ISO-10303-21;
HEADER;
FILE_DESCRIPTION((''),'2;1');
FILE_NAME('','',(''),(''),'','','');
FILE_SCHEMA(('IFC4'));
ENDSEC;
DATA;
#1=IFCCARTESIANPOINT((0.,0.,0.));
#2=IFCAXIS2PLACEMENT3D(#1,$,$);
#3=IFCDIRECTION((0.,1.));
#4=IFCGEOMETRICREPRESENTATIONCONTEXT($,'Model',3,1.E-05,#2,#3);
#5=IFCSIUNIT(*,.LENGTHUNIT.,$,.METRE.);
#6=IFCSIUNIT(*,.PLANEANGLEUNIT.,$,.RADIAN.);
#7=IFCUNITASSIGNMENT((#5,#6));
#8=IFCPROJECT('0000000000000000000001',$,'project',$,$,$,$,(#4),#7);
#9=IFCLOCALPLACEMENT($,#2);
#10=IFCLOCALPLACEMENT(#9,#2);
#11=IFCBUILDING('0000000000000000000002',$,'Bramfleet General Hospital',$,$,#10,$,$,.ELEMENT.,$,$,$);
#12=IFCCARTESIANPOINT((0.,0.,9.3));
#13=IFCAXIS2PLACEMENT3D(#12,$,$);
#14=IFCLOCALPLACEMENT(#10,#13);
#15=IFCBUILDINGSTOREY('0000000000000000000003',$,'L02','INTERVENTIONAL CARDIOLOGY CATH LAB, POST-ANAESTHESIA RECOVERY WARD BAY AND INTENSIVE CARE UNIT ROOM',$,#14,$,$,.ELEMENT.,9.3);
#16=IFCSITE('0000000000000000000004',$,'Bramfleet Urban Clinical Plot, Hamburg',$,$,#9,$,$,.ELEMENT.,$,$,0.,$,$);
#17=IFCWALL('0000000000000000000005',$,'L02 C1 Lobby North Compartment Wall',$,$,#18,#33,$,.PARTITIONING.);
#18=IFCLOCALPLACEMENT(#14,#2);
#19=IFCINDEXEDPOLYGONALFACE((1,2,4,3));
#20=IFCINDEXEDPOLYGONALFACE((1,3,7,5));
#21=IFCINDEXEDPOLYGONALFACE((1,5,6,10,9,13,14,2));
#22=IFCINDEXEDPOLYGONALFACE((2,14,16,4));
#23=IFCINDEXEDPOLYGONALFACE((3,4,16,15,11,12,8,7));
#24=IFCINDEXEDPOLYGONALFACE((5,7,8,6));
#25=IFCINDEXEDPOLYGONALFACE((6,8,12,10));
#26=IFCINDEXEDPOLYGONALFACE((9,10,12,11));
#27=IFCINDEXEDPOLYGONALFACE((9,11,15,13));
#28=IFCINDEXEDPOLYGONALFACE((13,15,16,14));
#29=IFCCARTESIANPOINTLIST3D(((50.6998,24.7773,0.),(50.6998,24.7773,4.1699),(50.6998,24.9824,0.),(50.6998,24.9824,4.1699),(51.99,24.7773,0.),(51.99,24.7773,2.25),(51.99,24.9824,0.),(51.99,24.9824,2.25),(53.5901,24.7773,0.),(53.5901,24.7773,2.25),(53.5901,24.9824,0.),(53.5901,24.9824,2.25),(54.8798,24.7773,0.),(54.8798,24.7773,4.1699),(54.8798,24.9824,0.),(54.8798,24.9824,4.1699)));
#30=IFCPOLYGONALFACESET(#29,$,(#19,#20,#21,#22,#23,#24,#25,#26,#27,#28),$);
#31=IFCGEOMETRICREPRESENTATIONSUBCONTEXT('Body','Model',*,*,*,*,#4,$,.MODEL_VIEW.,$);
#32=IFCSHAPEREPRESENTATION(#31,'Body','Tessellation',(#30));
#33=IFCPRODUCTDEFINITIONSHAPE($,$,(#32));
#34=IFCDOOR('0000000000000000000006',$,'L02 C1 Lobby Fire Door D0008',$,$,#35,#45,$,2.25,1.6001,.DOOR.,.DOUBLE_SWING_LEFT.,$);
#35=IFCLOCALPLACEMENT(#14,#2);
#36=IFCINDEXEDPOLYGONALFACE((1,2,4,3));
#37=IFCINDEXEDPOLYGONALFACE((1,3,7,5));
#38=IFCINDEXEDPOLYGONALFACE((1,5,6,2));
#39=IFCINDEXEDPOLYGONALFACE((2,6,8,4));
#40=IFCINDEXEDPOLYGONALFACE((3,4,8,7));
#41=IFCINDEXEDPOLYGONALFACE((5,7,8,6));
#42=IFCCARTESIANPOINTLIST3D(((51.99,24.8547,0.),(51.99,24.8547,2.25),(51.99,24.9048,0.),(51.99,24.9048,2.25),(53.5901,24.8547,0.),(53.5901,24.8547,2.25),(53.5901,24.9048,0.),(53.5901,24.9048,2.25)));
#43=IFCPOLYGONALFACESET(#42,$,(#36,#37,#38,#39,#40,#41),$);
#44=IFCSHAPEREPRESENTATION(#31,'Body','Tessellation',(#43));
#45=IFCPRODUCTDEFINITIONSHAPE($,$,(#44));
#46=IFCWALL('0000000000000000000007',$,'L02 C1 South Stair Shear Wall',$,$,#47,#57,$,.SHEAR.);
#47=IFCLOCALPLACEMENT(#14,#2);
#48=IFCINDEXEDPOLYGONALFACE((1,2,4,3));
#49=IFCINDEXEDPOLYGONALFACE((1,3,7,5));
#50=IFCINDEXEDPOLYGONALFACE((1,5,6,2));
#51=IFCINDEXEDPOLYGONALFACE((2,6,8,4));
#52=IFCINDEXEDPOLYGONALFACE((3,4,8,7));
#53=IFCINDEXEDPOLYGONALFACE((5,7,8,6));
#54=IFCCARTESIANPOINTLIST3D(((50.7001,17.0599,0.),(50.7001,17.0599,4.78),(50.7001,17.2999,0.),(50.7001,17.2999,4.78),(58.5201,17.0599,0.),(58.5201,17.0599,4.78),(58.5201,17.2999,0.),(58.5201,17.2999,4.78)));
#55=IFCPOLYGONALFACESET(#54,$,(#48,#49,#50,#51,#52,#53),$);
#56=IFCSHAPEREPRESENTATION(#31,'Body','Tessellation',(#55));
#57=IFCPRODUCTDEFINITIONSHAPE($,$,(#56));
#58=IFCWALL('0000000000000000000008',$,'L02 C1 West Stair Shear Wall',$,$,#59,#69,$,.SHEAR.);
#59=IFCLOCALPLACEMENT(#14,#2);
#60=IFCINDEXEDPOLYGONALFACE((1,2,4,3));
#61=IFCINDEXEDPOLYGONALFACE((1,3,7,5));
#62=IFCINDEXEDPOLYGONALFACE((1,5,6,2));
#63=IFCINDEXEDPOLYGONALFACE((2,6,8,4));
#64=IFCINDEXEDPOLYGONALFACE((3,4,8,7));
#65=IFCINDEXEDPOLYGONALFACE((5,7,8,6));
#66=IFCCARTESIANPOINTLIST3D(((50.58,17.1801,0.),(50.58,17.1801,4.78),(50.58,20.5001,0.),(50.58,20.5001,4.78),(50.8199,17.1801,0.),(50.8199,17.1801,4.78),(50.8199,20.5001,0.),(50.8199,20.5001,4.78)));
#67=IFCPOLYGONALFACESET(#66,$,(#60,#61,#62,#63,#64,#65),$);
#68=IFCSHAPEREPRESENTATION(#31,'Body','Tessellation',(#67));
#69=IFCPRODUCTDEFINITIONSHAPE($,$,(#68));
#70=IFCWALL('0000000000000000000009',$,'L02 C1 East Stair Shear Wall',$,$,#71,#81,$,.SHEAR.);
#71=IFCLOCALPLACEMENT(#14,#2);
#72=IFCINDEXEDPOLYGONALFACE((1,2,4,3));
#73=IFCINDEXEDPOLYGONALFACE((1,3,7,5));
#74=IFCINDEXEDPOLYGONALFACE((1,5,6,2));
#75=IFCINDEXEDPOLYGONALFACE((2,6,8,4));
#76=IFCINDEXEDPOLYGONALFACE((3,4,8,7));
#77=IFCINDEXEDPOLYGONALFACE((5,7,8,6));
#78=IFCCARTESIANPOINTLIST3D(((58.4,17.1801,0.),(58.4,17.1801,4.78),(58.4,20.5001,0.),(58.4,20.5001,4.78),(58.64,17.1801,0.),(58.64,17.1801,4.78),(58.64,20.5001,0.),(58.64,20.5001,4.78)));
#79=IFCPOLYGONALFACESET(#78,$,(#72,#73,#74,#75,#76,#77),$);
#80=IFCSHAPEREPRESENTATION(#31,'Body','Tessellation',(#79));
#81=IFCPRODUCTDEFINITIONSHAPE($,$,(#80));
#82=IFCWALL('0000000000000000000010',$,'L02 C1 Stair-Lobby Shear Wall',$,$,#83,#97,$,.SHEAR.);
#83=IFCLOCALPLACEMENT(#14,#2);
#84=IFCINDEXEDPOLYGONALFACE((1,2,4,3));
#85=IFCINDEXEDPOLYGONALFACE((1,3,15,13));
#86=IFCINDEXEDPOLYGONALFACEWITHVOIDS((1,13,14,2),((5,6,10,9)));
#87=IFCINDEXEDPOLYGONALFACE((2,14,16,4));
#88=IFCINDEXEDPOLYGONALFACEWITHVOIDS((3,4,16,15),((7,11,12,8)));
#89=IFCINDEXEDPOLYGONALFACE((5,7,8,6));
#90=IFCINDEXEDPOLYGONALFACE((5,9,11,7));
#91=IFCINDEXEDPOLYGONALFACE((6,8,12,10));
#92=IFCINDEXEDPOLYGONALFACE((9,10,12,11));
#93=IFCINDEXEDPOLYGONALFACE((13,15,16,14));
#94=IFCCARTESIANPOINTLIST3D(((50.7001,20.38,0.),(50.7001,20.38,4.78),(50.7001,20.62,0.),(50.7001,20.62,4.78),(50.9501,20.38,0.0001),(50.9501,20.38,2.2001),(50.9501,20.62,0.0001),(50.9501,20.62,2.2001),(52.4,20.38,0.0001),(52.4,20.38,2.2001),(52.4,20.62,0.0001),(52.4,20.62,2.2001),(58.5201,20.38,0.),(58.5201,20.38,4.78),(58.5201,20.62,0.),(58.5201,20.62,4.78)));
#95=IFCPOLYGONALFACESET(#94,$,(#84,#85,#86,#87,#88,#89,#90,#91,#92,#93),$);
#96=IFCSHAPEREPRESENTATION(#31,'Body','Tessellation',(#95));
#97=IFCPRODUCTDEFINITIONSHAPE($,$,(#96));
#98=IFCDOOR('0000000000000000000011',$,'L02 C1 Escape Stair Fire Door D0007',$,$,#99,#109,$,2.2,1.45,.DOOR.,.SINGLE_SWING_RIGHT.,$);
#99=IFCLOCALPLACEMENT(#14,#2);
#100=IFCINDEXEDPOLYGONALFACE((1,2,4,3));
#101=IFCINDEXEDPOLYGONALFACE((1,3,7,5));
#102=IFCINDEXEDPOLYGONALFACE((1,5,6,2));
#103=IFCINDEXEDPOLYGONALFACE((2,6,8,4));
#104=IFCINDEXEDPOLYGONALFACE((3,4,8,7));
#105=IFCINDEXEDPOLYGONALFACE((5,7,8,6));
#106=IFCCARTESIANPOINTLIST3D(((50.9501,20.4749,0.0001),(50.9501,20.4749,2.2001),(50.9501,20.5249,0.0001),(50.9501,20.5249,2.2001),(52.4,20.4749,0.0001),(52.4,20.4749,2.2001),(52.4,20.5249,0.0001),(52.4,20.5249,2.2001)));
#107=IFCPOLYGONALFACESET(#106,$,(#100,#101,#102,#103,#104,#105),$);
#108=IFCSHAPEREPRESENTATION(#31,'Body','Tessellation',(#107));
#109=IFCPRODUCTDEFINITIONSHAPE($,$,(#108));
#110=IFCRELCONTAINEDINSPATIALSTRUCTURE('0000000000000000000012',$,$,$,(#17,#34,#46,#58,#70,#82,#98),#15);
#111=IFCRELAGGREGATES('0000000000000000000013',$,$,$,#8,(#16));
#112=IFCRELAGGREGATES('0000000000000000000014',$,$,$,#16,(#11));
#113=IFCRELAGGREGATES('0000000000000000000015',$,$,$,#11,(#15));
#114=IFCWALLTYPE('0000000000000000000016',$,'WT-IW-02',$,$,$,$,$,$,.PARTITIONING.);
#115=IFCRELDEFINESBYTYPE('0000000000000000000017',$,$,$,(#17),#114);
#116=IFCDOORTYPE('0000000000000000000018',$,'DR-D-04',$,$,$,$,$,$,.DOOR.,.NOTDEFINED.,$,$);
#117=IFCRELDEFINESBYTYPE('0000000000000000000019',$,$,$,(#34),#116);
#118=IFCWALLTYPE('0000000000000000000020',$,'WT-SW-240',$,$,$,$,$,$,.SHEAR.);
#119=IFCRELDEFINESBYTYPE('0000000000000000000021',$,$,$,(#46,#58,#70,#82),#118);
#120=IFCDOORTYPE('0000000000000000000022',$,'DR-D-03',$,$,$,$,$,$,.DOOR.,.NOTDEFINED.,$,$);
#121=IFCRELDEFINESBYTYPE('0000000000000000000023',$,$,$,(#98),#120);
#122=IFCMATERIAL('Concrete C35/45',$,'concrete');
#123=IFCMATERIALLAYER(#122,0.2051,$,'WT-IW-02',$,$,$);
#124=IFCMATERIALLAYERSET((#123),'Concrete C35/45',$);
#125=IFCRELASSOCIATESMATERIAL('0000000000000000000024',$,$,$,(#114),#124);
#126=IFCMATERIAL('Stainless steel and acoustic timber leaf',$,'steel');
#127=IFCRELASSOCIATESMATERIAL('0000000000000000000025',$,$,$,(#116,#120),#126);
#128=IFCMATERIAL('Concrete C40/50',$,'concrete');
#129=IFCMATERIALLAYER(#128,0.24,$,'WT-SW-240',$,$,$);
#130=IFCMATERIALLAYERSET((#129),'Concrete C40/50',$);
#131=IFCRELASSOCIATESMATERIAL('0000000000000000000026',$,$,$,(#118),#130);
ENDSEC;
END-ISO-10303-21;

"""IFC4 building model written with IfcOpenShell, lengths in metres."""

from ifc_helpers import new_model, si_unit, direction, frame, frame_2d, origin, place, context, subcontext, project, spatial, rectangle, extrude, material, layer, layer_set, type_object, element, fill, save


model = new_model("IFC4")

# Units and contexts
model_context = context("Model", 3, precision=1e-05, world=origin(), true_north=direction((0.0, 1.0)))
body_context = subcontext(model_context, "Body", "Model", "MODEL_VIEW")
ifc_project = project(units=[si_unit("LENGTHUNIT", "METRE"), si_unit("PLANEANGLEUNIT", "RADIAN")], contexts=[model_context])

# Site, building, storey
site_placement = place(None, origin())
site = spatial("IfcSite", under=ifc_project, at=site_placement, Name="Bramfleet Urban Clinical Plot, Hamburg", CompositionType="ELEMENT", RefElevation=0.0)
building_placement = place(site_placement, origin())
building = spatial("IfcBuilding", under=site, at=building_placement, Name="Bramfleet General Hospital", CompositionType="ELEMENT")
storey_placement = place(building_placement, frame((0.0, 0.0, 9.3)))
storey = spatial("IfcBuildingStorey", under=building, at=storey_placement, Name="L02", Description="INTERVENTIONAL CARDIOLOGY CATH LAB, POST-ANAESTHESIA RECOVERY WARD BAY AND INTENSIVE CARE UNIT ROOM", CompositionType="ELEMENT", Elevation=9.3)

# Shared definitions
ifc_material_1 = material(Name="Concrete C35/45", Category="concrete")

# Shared definitions
ifc_layer_1 = layer(ifc_material_1, 0.2051, Name="WT-IW-02")
ifc_layer_set_1 = layer_set([ifc_layer_1], Name="Concrete C35/45")
wall_type_1 = type_object("IfcWallType", Name="WT-IW-02", PredefinedType="PARTITIONING", material=ifc_layer_set_1)

# Wall, opening, door
wall_1_placement = place(storey_placement, frame((50.7, 24.8799, 0.0), z_axis=(0.0, 0.0, 1.0), x_axis=(1.0, 0.0, 0.0)))
wall_1 = element("IfcWall", 1, at=wall_1_placement, inside=storey, type_object=wall_type_1, Name="L02 C1 Lobby North Compartment Wall", PredefinedType="PARTITIONING", context=body_context, shape_type="SweptSolid", body=[
    extrude(rectangle(XDim=4.1799, YDim=0.2051, at=frame_2d((2.0898, 0.0))), origin(), (0.0, 0.0, 1.0), 4.1699),
])
opening_1_placement = place(wall_1_placement, frame((1.29, 0.0, 0.0)))
opening_1 = element("IfcOpeningElement", 2, at=opening_1_placement, cuts=wall_1, PredefinedType="OPENING", context=body_context, shape_type="SweptSolid", body=[
    extrude(rectangle(XDim=1.6001, YDim=2.25, at=frame_2d((0.8, 1.125))), frame((0.0, 0.1125, 0.0), z_axis=(0.0, -1.0, 0.0), x_axis=(1.0, 0.0, 0.0)), (0.0, 0.0, 1.0), 0.2251),
])
ifc_material_2 = material(Name="Stainless steel and acoustic timber leaf", Category="steel")
door_type_1 = type_object("IfcDoorType", Name="DR-D-04", OperationType="NOTDEFINED", PredefinedType="DOOR", material=ifc_material_2)
door_1_placement = place(opening_1_placement, origin())
door_1 = element("IfcDoor", 3, at=door_1_placement, inside=storey, type_object=door_type_1, Name="L02 C1 Lobby Fire Door D0008", OperationType="DOUBLE_SWING_LEFT", OverallHeight=2.25, OverallWidth=1.6001, PredefinedType="DOOR", context=body_context, shape_type="SweptSolid", body=[
    extrude(rectangle(XDim=1.6001, YDim=2.25, at=frame_2d((0.8, 1.125))), frame((0.0, 0.0249, 0.0), z_axis=(0.0, -1.0, 0.0), x_axis=(1.0, 0.0, 0.0)), (0.0, 0.0, 1.0), 0.05),
])
fill(opening_1, door_1)

# Walls
ifc_material_3 = material(Name="Concrete C40/50", Category="concrete")
ifc_layer_2 = layer(ifc_material_3, 0.24, Name="WT-SW-240")
ifc_layer_set_2 = layer_set([ifc_layer_2], Name="Concrete C40/50")
wall_type_2 = type_object("IfcWallType", Name="WT-SW-240", PredefinedType="SHEAR", material=ifc_layer_set_2)
wall_2_placement = place(storey_placement, frame((50.7, 17.1799, 0.0), z_axis=(0.0, 0.0, 1.0), x_axis=(1.0, 0.0, 0.0)))
element("IfcWall", 4, at=wall_2_placement, inside=storey, type_object=wall_type_2, Name="L02 C1 South Stair Shear Wall", PredefinedType="SHEAR", context=body_context, shape_type="SweptSolid", body=[
    extrude(rectangle(XDim=7.8201, YDim=0.24, at=frame_2d((3.9102, 0.0))), origin(), (0.0, 0.0, 1.0), 4.78),
])
for number, where, z_axis, x_axis, name in (
    (5, (50.7, 17.1799, 0.0), (0.0, 0.0, 1.0), (0.0, 1.0, 0.0), "L02 C1 West Stair Shear Wall"),
    (6, (58.52, 17.1799, 0.0), (0.0, 0.0, 1.0), (0.0, 1.0, 0.0), "L02 C1 East Stair Shear Wall"),
):
    element("IfcWall", number, at=place(storey_placement, frame(where, z_axis=z_axis, x_axis=x_axis)), inside=storey, type_object=wall_type_2, Name=name, PredefinedType="SHEAR", context=body_context, shape_type="SweptSolid", body=[
        extrude(rectangle(XDim=3.3201, YDim=0.24, at=frame_2d((1.6602, 0.0))), origin(), (0.0, 0.0, 1.0), 4.78),
    ])

# Wall, opening, door
wall_3_placement = place(storey_placement, frame((50.7, 20.5, 0.0), z_axis=(0.0, 0.0, 1.0), x_axis=(1.0, 0.0, 0.0)))
wall_3 = element("IfcWall", 7, at=wall_3_placement, inside=storey, type_object=wall_type_2, Name="L02 C1 Stair-Lobby Shear Wall", PredefinedType="SHEAR", context=body_context, shape_type="SweptSolid", body=[
    extrude(rectangle(XDim=7.8201, YDim=0.24, at=frame_2d((3.9102, 0.0))), origin(), (0.0, 0.0, 1.0), 4.78),
])
opening_2_placement = place(wall_3_placement, frame((0.25, 0.0, 0.0)))
opening_2 = element("IfcOpeningElement", 8, at=opening_2_placement, cuts=wall_3, PredefinedType="OPENING", context=body_context, shape_type="SweptSolid", body=[
    extrude(rectangle(XDim=1.45, YDim=2.2, at=frame_2d((0.7251, 1.1001))), frame((0.0, 0.1299, 0.0), z_axis=(0.0, -1.0, 0.0), x_axis=(1.0, 0.0, 0.0)), (0.0, 0.0, 1.0), 0.26),
])
door_type_2 = type_object("IfcDoorType", Name="DR-D-03", OperationType="NOTDEFINED", PredefinedType="DOOR", material=ifc_material_2)
door_2_placement = place(opening_2_placement, origin())
door_2 = element("IfcDoor", 9, at=door_2_placement, inside=storey, type_object=door_type_2, Name="L02 C1 Escape Stair Fire Door D0007", OperationType="SINGLE_SWING_RIGHT", OverallHeight=2.2, OverallWidth=1.45, PredefinedType="DOOR", context=body_context, shape_type="SweptSolid", body=[
    extrude(rectangle(XDim=1.45, YDim=2.2, at=frame_2d((0.7251, 1.1001))), frame((0.0, 0.0249, 0.0), z_axis=(0.0, -1.0, 0.0), x_axis=(1.0, 0.0, 0.0)), (0.0, 0.0, 1.0), 0.05),
])
fill(opening_2, door_2)

save(model, "model.ifc")
